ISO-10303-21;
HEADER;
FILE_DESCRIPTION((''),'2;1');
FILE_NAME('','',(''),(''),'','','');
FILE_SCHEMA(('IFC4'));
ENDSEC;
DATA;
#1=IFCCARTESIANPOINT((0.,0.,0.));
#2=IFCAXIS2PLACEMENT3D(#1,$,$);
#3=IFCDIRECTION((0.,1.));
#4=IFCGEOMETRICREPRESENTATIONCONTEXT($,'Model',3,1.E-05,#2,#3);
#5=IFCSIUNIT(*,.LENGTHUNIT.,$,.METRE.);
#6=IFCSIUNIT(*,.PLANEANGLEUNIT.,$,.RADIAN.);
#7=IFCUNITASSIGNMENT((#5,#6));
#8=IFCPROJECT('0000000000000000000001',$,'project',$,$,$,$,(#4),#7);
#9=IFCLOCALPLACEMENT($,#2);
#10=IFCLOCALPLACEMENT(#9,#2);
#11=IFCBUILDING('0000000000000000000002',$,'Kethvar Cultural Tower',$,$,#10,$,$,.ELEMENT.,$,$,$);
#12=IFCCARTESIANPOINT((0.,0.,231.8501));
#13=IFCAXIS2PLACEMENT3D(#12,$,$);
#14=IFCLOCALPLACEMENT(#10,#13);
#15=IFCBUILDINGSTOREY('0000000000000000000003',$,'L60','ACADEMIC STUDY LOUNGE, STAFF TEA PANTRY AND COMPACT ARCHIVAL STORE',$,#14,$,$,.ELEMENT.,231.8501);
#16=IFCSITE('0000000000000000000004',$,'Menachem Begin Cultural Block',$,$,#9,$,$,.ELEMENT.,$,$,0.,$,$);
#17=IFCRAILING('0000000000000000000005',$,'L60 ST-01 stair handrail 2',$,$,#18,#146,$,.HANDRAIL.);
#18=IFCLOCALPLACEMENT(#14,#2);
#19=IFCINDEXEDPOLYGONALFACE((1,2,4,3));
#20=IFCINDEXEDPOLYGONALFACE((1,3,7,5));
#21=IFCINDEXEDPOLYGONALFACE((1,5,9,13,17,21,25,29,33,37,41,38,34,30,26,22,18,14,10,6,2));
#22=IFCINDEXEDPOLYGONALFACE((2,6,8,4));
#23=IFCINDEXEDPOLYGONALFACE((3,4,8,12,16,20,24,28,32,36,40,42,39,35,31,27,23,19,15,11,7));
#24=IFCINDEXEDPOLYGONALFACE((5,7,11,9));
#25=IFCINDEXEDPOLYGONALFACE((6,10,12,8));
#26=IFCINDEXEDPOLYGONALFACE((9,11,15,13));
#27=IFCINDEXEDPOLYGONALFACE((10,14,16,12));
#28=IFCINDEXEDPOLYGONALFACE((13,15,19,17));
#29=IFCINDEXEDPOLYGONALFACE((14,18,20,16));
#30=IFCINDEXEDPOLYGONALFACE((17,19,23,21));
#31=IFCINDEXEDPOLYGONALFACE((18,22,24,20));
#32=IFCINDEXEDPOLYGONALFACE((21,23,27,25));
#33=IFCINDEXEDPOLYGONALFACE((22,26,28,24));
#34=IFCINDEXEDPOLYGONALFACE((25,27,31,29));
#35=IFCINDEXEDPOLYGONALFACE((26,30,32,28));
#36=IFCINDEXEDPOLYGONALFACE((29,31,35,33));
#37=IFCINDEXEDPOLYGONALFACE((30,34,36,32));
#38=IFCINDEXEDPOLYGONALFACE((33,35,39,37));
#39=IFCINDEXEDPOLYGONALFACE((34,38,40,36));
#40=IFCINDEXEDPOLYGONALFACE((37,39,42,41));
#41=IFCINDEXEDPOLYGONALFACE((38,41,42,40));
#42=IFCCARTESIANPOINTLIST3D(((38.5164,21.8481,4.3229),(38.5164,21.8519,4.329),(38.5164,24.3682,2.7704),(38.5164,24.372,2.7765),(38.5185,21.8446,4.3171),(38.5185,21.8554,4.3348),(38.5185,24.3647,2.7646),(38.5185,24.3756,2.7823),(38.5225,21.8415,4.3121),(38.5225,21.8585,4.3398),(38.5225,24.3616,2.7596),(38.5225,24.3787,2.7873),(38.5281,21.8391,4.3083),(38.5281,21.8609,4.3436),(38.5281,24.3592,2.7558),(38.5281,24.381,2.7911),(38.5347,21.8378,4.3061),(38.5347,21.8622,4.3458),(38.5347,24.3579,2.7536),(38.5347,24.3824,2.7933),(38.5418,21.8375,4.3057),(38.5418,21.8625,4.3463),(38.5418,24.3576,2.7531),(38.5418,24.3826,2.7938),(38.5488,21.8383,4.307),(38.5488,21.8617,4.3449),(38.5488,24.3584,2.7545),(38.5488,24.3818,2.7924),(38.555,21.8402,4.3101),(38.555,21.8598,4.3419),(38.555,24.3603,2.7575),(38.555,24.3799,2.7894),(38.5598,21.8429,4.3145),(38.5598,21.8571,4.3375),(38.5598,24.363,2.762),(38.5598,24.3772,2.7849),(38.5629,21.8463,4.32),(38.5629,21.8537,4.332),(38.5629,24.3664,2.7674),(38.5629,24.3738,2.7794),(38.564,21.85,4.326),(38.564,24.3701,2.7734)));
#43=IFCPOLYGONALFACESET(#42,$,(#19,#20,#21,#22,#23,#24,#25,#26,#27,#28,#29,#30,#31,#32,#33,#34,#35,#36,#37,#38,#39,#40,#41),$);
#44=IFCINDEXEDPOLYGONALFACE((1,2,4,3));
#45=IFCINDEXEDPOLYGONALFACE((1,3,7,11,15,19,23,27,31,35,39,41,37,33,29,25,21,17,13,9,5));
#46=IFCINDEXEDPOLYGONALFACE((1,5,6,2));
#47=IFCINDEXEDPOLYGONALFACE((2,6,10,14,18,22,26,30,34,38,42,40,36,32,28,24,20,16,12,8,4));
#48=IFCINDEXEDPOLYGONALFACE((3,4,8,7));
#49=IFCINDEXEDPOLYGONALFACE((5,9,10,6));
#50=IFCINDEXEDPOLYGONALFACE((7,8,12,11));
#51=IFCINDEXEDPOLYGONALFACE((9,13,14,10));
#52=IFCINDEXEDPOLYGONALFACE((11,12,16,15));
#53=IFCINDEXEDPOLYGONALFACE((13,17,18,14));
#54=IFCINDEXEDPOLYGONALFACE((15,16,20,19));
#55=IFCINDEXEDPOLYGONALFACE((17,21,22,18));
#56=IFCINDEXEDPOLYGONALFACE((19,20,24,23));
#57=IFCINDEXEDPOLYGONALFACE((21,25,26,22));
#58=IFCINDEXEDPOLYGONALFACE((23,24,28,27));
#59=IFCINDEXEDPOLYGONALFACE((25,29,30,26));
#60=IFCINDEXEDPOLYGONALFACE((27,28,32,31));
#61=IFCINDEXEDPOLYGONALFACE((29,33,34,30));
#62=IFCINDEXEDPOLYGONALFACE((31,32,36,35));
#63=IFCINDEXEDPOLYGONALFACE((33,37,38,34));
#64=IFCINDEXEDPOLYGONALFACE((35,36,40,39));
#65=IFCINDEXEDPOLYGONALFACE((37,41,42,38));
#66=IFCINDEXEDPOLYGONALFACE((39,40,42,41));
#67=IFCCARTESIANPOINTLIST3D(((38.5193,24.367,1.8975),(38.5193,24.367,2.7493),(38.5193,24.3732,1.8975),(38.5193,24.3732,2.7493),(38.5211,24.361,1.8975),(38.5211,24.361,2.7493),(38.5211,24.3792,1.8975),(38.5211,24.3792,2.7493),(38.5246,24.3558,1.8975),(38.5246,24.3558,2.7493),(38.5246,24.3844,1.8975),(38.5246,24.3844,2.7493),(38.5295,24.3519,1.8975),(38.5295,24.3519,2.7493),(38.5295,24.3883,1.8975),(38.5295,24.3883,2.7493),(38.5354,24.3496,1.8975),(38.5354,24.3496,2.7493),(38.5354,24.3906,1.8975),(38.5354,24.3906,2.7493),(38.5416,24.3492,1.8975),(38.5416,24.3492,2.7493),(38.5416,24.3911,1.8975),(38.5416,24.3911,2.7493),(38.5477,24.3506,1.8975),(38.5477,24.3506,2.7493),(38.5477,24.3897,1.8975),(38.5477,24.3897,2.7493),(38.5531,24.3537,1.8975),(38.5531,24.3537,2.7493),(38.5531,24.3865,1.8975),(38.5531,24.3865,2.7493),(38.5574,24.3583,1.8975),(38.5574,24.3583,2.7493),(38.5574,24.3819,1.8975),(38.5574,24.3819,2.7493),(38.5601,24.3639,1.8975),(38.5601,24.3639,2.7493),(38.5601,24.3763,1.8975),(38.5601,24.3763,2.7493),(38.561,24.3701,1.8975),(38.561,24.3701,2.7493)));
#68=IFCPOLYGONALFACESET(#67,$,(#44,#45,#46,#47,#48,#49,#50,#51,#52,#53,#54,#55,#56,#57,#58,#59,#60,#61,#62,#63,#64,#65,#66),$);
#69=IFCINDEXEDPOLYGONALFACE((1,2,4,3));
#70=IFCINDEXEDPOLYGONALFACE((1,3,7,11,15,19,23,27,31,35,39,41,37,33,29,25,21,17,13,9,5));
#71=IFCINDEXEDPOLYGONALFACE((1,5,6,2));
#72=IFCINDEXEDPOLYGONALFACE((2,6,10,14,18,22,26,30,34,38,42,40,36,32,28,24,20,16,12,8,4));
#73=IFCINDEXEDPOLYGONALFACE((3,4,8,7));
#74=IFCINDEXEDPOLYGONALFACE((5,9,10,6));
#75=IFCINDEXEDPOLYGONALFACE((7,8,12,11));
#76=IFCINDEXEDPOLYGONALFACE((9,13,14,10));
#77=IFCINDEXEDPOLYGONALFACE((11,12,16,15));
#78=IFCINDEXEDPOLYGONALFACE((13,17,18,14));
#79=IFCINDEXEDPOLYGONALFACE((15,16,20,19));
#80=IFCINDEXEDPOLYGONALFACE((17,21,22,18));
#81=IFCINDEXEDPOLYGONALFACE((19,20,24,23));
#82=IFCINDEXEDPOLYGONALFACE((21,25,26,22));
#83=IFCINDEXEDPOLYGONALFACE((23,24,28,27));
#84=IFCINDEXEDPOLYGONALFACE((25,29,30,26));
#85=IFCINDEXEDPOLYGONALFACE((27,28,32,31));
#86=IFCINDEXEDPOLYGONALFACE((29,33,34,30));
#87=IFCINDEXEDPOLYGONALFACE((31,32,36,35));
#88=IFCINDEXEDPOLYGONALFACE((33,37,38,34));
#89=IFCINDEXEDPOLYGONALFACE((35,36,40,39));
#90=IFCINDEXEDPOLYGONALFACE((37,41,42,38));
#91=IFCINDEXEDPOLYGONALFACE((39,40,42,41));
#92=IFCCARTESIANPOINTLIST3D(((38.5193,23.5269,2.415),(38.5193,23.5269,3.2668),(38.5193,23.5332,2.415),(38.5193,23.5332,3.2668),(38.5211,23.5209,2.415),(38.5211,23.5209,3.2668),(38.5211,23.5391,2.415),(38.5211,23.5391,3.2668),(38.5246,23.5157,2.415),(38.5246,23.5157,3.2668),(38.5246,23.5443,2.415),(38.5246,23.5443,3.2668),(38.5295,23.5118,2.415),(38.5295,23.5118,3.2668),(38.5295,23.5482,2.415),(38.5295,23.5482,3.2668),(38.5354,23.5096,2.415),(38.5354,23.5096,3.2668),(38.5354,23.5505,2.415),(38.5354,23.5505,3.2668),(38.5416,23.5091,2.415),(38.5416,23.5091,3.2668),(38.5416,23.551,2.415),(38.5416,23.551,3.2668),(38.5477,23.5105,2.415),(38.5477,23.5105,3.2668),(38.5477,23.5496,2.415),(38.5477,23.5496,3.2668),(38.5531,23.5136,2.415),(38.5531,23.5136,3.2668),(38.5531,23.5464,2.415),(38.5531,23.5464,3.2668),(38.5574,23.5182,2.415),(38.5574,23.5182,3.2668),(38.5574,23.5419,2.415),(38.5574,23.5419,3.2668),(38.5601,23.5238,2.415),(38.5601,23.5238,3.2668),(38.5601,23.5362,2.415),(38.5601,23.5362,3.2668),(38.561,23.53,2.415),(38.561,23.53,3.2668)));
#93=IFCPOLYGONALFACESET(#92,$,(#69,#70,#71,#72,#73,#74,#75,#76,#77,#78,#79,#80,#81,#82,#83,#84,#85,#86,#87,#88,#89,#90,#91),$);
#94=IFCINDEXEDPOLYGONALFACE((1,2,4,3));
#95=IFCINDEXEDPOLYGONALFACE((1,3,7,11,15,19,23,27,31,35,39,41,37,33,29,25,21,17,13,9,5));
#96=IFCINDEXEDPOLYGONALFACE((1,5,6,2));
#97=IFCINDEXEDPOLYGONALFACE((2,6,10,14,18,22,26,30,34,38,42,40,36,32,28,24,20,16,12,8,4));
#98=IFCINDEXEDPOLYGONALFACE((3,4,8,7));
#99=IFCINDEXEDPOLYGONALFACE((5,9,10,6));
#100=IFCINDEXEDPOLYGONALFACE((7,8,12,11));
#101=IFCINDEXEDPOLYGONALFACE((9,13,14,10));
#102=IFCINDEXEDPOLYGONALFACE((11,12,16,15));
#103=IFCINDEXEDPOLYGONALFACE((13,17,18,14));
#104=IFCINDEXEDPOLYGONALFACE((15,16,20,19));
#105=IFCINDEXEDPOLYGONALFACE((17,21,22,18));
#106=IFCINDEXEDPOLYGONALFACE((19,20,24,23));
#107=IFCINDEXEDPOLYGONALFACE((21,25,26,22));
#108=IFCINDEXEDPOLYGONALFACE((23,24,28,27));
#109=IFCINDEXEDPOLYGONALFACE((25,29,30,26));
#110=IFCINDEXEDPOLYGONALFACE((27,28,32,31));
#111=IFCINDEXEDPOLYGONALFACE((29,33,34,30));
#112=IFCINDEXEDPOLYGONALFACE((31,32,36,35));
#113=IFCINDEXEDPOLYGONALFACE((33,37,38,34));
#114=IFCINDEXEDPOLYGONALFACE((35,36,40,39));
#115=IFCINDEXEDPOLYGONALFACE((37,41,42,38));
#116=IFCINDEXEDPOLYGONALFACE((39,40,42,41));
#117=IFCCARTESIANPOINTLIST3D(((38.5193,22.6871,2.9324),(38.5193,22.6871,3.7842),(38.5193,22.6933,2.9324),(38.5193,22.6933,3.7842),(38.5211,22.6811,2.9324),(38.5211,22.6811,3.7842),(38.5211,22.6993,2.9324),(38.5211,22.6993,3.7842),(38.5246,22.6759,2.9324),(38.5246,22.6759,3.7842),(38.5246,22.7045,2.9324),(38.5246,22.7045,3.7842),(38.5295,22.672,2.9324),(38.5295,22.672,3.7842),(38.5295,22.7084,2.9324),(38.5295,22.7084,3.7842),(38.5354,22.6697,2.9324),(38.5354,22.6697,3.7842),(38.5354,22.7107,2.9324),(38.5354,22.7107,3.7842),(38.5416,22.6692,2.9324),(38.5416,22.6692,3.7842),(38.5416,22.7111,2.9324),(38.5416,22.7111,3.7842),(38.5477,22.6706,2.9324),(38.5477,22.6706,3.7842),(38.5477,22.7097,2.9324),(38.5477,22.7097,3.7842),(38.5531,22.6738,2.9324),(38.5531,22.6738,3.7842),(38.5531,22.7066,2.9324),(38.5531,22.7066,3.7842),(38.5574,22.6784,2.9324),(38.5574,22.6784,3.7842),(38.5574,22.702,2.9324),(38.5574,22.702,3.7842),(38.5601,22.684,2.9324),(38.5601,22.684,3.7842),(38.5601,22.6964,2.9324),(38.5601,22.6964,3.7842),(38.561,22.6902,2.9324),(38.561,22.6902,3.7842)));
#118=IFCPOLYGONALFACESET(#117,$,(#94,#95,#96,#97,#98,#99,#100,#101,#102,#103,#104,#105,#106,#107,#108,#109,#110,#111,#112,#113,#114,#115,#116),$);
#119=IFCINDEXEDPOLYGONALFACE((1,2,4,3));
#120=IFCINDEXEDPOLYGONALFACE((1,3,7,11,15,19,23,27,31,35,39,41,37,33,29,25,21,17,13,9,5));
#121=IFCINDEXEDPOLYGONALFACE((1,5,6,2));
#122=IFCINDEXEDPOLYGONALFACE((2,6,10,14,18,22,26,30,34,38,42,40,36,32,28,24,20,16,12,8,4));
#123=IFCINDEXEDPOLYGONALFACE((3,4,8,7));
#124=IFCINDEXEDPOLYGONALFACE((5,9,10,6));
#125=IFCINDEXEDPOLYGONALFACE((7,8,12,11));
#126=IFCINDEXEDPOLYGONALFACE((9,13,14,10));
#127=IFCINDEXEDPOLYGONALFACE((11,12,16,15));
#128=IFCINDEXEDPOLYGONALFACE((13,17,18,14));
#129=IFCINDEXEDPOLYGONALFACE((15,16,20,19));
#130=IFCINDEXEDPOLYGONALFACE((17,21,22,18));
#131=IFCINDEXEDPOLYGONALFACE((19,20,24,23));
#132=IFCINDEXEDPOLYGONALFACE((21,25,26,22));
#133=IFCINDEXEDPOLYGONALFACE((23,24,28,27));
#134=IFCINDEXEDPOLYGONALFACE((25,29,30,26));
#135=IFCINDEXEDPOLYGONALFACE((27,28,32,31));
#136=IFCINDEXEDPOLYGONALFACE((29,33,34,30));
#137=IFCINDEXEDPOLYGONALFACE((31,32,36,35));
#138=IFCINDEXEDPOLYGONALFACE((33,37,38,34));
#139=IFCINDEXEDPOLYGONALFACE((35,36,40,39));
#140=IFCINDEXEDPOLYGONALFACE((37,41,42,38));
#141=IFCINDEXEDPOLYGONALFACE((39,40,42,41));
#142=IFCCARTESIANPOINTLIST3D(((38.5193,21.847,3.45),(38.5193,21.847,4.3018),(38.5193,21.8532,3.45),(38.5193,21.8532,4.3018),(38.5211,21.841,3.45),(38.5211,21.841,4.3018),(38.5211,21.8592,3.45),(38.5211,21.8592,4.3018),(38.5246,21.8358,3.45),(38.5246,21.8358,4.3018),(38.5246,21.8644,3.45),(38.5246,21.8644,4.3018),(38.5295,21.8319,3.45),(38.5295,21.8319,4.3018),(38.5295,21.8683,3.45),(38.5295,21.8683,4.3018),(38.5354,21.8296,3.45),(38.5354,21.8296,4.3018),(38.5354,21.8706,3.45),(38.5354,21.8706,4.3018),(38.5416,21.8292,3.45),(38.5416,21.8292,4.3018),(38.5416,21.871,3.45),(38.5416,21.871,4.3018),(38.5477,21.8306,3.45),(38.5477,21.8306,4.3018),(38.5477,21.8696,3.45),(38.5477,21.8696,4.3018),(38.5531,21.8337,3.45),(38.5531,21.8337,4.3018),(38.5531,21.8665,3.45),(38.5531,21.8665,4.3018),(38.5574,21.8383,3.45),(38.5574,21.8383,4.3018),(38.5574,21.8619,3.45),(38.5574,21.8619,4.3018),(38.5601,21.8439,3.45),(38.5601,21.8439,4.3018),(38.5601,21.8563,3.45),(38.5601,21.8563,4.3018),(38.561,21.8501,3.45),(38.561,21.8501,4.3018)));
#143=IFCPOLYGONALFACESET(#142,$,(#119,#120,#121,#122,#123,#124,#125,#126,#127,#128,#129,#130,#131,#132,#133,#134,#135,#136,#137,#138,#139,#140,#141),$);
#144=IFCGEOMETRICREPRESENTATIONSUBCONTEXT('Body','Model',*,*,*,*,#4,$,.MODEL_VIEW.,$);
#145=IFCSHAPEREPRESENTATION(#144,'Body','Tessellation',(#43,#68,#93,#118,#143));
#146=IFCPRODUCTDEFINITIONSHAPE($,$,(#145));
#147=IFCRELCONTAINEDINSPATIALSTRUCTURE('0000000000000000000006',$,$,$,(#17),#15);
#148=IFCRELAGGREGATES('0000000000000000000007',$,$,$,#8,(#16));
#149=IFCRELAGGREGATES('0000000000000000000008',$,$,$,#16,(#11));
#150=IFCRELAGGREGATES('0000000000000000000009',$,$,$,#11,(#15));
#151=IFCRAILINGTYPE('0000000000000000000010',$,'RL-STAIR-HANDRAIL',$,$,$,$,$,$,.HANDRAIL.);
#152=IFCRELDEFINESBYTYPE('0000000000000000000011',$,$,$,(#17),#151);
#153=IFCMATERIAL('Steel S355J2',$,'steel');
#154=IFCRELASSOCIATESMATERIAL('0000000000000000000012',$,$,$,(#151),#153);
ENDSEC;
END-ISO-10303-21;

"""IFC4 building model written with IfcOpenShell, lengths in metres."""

from ifc_helpers import new_model, si_unit, direction, frame, origin, origin_2d, place, context, subcontext, project, spatial, circle, extrude, material, type_object, element, save


model = new_model("IFC4")

# Units and contexts
model_context = context("Model", 3, precision=1e-05, world=origin(), true_north=direction((0.0, 1.0)))
body_context = subcontext(model_context, "Body", "Model", "MODEL_VIEW")
ifc_project = project(units=[si_unit("LENGTHUNIT", "METRE"), si_unit("PLANEANGLEUNIT", "RADIAN")], contexts=[model_context])

# Site, building, storey
site_placement = place(None, origin())
site = spatial("IfcSite", under=ifc_project, at=site_placement, Name="Menachem Begin Cultural Block", CompositionType="ELEMENT", RefElevation=0.0)
building_placement = place(site_placement, origin())
building = spatial("IfcBuilding", under=site, at=building_placement, Name="Kethvar Cultural Tower", CompositionType="ELEMENT")
storey_placement = place(building_placement, frame((0.0, 0.0, 231.8501)))
storey = spatial("IfcBuildingStorey", under=building, at=storey_placement, Name="L60", Description="ACADEMIC STUDY LOUNGE, STAFF TEA PANTRY AND COMPACT ARCHIVAL STORE", CompositionType="ELEMENT", Elevation=231.8501)

# Shared definitions
ifc_material_1 = material(Name="Steel S355J2", Category="steel")

# Railing
railing_type_1 = type_object("IfcRailingType", Name="RL-STAIR-HANDRAIL", PredefinedType="HANDRAIL", material=ifc_material_1)
railing_1_placement = place(storey_placement, frame((38.54, 24.3701, 1.8975)))
element("IfcRailing", 1, at=railing_1_placement, inside=storey, type_object=railing_type_1, Name="L60 ST-01 stair handrail 2", PredefinedType="HANDRAIL", context=body_context, shape_type="SweptSolid", body=[
    extrude(circle(Radius=0.0239, at=origin_2d()), frame((0.0, 0.0, 0.876), z_axis=(0.0, -0.8514, 0.524516), x_axis=(1.0, 0.0, 0.0)), (0.0, 0.0, 1.0), 2.96),
    extrude(circle(Radius=0.021, at=origin_2d()), origin(), (0.0, 0.0, 1.0), 0.8518),
    extrude(circle(Radius=0.021, at=origin_2d()), frame((0.0, -0.8401, 0.5176)), (0.0, 0.0, 1.0), 0.8518),
    extrude(circle(Radius=0.021, at=origin_2d()), frame((0.0, -1.6799, 1.0349)), (0.0, 0.0, 1.0), 0.8518),
    extrude(circle(Radius=0.021, at=origin_2d()), frame((0.0, -2.52, 1.5525)), (0.0, 0.0, 1.0), 0.8518),
])

save(model, "model.ifc")
